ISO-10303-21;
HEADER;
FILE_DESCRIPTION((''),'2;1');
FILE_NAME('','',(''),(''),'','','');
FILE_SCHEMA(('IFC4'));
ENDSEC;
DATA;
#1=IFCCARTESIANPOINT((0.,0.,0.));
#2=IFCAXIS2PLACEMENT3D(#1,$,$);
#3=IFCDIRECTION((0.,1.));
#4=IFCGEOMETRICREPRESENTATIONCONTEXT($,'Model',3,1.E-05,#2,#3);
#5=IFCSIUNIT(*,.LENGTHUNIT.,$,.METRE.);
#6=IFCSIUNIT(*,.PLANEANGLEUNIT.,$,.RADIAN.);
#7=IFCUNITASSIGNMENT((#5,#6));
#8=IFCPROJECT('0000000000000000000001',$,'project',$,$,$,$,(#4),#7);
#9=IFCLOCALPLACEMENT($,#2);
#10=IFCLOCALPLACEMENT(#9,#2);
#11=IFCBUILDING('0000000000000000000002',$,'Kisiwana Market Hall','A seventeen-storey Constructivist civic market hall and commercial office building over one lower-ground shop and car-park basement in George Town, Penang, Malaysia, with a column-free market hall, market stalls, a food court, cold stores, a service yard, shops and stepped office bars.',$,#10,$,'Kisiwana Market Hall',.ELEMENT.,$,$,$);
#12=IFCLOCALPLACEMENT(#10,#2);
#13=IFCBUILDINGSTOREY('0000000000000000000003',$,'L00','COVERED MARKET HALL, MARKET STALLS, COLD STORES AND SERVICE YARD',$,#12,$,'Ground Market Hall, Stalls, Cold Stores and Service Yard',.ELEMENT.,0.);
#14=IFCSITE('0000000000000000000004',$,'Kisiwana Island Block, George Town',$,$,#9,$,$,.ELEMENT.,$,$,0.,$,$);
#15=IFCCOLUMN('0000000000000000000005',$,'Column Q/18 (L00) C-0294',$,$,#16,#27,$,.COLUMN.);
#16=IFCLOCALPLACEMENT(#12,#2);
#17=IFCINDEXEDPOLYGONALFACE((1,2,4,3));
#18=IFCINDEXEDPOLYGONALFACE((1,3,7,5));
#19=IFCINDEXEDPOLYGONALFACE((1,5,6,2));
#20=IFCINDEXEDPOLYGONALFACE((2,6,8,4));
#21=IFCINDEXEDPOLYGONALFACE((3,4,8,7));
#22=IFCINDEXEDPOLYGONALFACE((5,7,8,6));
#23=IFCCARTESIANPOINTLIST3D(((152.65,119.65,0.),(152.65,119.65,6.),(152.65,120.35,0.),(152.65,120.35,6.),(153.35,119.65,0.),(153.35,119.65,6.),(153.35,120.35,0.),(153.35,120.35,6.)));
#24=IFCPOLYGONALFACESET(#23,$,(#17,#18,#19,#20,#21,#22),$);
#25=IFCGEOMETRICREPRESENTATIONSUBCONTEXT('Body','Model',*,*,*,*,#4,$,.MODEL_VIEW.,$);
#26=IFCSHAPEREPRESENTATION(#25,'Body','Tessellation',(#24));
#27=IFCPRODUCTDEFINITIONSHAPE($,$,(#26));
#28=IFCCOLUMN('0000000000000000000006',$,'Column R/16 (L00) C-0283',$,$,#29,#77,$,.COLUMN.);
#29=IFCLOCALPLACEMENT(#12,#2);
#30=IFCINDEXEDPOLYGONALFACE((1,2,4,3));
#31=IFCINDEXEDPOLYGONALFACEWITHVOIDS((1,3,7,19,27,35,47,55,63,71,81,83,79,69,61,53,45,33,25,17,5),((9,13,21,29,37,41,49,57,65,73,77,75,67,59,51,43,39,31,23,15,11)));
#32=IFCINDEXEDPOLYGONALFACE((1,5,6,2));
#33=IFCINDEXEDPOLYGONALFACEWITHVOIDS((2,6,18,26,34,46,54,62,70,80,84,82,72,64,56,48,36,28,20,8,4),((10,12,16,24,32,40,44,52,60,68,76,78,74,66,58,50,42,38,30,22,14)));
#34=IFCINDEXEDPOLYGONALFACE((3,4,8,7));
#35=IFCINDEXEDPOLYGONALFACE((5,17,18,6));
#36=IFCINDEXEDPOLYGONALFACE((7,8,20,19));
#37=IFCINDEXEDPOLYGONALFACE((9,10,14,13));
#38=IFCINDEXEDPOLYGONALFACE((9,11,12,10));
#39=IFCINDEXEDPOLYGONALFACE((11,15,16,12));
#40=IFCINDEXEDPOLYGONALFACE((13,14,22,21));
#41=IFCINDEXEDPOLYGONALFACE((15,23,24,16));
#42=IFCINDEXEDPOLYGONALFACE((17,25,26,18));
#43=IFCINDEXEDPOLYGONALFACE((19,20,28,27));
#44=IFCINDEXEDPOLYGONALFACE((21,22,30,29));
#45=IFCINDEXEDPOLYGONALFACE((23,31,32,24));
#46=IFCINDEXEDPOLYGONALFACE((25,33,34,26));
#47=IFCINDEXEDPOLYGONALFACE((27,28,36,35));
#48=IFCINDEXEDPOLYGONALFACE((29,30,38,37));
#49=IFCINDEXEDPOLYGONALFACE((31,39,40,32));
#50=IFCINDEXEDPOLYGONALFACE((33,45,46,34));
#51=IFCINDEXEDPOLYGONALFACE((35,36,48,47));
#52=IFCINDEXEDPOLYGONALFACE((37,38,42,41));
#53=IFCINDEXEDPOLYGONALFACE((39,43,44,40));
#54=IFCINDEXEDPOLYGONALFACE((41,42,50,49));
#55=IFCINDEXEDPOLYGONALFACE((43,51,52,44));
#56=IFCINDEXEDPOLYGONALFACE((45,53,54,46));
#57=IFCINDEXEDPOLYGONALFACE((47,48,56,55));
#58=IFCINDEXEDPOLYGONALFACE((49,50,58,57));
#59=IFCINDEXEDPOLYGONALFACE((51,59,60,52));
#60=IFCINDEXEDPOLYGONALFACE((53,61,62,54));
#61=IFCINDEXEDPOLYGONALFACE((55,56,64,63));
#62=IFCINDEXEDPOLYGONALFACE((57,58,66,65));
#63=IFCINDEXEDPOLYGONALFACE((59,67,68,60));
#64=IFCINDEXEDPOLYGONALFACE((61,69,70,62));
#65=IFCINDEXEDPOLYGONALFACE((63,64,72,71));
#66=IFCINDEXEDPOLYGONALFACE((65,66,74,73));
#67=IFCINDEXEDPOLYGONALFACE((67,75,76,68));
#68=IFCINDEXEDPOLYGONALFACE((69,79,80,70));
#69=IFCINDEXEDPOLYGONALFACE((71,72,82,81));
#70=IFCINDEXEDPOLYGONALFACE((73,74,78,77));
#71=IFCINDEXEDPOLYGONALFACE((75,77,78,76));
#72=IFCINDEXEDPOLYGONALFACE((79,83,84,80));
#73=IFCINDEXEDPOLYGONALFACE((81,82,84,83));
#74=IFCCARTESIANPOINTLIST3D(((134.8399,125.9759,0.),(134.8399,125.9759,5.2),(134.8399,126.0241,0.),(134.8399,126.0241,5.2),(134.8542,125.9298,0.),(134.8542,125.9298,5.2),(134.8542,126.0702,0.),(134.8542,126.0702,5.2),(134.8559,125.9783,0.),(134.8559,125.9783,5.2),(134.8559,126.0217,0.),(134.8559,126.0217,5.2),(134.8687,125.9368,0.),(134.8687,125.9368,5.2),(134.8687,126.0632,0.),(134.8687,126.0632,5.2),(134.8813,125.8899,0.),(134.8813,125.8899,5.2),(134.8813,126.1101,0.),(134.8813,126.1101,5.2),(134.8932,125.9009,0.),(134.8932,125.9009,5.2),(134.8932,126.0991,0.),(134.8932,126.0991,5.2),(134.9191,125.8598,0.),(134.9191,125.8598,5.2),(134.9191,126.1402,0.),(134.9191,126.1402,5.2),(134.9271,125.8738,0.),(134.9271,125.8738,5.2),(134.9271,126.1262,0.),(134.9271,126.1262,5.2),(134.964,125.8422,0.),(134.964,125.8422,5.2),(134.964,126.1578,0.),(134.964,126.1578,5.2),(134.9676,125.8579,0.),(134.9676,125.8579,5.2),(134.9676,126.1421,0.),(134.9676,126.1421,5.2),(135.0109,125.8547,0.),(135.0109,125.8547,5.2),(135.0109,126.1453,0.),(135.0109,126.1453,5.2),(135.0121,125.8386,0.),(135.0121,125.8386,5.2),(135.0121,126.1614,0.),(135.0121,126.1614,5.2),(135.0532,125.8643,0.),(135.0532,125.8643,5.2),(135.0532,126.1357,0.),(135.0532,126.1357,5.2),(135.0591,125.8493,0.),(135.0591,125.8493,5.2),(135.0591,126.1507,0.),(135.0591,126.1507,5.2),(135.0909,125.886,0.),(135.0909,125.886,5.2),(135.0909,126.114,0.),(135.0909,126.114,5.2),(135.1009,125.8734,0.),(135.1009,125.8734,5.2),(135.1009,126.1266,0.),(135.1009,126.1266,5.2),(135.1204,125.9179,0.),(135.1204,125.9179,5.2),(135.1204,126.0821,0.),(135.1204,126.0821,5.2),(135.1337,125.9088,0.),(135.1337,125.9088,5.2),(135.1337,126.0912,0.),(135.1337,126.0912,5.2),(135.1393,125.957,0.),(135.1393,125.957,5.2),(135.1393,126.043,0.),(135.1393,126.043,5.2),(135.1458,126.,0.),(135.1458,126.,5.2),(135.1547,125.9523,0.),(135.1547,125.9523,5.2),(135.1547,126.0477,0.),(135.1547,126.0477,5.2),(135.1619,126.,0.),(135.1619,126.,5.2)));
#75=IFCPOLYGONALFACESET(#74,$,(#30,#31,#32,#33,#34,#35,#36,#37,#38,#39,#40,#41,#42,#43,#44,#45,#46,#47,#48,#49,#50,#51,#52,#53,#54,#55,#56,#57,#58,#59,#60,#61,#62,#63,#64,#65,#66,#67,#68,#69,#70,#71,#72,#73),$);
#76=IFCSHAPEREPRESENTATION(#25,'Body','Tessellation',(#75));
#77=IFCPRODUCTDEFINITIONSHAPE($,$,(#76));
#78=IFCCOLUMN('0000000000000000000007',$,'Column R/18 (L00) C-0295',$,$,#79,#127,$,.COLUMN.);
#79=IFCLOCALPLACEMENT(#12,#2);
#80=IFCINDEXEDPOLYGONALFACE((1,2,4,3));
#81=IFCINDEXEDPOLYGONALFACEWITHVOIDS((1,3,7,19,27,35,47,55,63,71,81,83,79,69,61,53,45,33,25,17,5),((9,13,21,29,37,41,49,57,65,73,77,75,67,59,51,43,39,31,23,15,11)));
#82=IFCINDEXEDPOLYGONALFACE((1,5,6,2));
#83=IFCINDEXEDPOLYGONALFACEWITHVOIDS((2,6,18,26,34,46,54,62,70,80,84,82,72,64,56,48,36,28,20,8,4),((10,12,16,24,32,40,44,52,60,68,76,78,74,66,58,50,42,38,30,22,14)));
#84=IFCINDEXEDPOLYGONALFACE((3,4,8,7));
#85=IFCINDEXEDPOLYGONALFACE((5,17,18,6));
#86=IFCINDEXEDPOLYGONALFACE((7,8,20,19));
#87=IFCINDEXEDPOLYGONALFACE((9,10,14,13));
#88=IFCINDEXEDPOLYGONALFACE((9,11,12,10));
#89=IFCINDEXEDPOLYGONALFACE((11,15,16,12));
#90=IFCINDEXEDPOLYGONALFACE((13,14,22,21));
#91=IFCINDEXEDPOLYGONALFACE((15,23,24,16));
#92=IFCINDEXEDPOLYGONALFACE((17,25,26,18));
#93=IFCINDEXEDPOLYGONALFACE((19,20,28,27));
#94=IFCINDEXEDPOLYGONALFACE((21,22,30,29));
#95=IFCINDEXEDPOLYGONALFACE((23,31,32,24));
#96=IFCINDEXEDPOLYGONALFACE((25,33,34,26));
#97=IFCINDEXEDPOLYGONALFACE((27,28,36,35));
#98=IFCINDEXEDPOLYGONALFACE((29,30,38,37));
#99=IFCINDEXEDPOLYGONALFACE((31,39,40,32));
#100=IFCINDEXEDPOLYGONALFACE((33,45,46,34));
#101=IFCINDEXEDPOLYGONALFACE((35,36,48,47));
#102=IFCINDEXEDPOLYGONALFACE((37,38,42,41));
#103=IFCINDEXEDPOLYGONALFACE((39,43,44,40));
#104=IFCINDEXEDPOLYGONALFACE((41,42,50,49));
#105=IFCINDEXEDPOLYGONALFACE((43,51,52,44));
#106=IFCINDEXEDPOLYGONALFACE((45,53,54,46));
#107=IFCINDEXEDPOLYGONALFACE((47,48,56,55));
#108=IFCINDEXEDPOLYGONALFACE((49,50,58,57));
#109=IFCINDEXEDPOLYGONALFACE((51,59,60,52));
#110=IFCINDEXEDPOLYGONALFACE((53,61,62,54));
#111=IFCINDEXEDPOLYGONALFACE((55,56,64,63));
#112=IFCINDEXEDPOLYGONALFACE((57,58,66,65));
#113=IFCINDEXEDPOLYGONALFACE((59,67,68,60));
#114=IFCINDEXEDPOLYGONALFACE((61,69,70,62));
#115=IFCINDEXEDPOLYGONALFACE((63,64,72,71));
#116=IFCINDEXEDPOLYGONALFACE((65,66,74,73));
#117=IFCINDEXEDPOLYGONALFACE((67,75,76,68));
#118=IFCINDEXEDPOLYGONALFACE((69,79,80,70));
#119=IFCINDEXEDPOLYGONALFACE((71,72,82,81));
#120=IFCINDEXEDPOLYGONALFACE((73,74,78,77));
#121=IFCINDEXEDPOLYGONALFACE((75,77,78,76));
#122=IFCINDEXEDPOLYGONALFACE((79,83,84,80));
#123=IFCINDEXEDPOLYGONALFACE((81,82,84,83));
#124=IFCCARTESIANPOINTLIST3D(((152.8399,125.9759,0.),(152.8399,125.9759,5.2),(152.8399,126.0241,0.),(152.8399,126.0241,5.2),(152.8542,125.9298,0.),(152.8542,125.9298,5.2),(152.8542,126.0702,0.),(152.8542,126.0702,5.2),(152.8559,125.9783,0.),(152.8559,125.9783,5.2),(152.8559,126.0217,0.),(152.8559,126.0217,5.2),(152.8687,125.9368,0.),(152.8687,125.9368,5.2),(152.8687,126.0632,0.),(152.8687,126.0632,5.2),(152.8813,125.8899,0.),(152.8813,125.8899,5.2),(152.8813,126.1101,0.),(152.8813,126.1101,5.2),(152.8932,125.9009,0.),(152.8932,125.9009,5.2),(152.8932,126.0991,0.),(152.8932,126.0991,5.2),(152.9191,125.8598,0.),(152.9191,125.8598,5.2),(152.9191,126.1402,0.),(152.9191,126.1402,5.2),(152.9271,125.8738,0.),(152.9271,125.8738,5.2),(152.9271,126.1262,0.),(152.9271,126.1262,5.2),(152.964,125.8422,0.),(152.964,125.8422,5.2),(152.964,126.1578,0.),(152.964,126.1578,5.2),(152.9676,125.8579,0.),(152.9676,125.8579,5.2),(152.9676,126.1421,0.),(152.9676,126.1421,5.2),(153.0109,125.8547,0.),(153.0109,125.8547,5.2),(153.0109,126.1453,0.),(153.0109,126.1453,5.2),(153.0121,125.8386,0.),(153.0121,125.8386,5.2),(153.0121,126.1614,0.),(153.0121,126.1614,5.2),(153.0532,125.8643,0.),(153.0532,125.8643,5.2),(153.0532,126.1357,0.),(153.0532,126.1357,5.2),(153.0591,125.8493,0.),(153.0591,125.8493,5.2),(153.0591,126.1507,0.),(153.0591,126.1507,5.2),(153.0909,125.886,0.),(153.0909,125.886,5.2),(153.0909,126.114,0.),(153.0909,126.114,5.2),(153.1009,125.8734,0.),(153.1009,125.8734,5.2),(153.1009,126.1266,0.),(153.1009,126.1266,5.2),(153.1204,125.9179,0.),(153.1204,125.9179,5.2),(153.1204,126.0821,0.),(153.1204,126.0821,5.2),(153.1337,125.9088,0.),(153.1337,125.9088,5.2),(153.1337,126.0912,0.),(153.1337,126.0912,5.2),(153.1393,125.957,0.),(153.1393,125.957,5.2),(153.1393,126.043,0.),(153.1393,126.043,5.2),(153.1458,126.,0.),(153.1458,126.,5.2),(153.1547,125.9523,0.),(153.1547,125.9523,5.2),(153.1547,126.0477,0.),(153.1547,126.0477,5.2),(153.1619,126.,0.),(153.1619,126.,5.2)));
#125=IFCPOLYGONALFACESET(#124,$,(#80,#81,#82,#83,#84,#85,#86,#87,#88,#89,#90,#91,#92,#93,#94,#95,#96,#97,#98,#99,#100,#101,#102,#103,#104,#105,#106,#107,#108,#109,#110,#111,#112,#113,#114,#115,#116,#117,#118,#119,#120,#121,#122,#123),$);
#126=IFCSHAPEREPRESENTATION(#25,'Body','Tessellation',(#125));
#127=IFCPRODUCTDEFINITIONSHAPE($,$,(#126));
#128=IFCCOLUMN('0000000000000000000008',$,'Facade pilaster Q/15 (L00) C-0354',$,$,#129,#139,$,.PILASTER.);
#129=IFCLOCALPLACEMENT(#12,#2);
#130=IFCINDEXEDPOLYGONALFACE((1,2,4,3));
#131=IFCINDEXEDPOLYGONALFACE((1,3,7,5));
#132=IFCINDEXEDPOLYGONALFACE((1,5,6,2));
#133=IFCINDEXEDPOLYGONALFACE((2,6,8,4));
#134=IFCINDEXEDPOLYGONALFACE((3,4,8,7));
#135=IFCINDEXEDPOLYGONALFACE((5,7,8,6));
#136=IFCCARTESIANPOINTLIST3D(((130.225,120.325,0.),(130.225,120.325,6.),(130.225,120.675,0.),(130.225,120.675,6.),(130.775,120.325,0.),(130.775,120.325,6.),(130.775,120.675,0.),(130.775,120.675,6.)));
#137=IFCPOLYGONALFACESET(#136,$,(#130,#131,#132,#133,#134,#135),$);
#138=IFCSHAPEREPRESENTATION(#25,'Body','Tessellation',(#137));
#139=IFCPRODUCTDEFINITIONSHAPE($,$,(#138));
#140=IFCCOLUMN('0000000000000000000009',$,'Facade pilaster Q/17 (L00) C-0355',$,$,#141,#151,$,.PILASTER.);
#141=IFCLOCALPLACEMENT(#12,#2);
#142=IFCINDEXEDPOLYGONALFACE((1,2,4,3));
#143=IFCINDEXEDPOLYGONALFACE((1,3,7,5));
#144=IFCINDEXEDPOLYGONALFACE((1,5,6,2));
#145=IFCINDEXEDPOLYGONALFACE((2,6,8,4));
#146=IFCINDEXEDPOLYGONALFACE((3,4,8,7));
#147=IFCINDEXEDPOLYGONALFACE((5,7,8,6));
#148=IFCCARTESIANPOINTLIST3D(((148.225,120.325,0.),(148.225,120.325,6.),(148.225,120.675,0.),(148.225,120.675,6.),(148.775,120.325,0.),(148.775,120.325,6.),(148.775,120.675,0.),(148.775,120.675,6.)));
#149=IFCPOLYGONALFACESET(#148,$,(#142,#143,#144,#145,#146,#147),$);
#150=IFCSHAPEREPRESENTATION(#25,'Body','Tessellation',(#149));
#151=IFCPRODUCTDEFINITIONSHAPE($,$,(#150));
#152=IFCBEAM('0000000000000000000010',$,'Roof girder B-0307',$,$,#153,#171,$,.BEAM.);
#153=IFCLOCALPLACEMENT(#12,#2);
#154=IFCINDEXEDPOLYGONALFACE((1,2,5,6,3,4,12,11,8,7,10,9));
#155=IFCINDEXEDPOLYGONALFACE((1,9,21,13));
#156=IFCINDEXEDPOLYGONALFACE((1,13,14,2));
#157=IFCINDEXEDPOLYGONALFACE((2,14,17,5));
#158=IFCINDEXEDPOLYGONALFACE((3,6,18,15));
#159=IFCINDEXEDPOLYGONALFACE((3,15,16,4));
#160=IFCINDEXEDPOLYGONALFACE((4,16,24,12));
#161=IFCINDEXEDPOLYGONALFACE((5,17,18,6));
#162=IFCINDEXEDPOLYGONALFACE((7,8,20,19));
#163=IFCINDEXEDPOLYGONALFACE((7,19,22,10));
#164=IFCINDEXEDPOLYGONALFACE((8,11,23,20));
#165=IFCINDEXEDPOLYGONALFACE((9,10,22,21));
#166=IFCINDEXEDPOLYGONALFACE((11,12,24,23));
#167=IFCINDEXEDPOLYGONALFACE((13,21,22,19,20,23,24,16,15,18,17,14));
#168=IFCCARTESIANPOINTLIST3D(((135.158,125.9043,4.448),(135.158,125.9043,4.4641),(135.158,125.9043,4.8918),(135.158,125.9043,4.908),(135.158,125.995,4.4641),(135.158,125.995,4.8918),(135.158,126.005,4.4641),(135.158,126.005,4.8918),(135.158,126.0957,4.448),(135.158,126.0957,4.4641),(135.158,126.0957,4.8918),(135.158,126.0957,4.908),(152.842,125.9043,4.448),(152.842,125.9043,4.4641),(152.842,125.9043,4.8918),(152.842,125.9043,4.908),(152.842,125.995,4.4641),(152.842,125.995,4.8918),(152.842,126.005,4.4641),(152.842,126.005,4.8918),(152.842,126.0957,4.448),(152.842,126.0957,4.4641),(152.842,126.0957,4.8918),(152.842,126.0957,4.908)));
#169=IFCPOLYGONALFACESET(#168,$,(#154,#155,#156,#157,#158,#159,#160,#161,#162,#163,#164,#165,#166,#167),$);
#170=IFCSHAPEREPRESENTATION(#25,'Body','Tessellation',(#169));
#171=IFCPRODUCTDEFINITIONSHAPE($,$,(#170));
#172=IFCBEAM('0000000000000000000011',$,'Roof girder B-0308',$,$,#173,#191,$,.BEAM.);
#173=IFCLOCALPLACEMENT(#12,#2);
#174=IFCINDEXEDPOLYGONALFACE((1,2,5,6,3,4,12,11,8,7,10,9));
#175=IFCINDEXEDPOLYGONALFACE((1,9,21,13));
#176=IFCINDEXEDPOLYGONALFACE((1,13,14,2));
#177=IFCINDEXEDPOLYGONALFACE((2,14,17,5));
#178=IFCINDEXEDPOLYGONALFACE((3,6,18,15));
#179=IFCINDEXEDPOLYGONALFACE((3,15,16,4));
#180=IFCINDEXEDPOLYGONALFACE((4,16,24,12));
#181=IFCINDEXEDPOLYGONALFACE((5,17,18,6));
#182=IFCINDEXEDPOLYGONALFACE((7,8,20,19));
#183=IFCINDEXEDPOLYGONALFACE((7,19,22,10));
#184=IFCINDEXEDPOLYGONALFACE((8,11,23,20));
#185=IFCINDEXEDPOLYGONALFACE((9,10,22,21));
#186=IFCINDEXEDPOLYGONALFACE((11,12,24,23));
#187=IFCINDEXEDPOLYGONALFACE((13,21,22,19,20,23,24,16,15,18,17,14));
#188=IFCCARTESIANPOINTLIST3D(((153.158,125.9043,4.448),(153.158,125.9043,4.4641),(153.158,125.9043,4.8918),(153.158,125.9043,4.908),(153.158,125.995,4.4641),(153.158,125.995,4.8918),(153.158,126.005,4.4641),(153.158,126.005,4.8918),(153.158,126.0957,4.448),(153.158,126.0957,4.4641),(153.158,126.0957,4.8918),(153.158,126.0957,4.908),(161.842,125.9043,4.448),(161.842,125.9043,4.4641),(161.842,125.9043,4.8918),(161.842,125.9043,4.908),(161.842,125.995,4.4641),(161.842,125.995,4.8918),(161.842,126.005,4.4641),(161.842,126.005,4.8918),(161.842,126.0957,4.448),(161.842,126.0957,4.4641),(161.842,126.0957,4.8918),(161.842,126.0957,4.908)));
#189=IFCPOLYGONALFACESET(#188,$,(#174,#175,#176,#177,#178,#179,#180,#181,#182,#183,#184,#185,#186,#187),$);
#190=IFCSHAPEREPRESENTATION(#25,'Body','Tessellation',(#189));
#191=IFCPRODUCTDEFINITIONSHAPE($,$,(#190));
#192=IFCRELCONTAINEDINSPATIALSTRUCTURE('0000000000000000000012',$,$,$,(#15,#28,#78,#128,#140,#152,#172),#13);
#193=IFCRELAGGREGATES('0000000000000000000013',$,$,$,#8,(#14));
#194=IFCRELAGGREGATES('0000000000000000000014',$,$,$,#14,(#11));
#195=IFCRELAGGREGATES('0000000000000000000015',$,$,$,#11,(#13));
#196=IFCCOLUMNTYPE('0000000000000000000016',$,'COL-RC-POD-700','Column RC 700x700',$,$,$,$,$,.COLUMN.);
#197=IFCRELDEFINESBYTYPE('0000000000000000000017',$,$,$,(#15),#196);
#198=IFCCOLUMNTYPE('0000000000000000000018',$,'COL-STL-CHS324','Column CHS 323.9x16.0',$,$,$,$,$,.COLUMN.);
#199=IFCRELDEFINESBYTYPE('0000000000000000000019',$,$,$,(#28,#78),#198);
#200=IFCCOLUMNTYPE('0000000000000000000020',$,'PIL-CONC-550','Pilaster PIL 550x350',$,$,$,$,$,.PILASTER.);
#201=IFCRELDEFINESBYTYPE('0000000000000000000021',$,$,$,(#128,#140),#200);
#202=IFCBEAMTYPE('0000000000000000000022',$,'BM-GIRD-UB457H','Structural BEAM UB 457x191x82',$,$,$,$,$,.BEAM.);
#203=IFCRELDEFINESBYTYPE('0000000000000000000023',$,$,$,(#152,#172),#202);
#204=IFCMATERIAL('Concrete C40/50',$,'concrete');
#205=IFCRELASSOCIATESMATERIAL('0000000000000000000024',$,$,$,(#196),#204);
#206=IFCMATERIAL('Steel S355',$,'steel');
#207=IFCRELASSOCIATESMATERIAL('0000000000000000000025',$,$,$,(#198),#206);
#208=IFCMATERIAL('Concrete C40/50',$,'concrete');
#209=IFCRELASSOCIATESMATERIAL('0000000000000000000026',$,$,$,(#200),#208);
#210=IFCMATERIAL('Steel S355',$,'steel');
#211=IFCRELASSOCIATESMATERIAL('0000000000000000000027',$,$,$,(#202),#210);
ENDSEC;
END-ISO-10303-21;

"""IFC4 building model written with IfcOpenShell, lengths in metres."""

from ifc_helpers import new_model, si_unit, direction, frame, origin, origin_2d, place, context, subcontext, project, spatial, rectangle, hollow_circle, i_section, extrude, material, material_profile, profile_set, type_object, element, save


model = new_model("IFC4")

# Units and contexts
model_context = context("Model", 3, precision=1e-05, world=origin(), true_north=direction((0.0, 1.0)))
body_context = subcontext(model_context, "Body", "Model", "MODEL_VIEW")
ifc_project = project(units=[si_unit("LENGTHUNIT", "METRE"), si_unit("PLANEANGLEUNIT", "RADIAN")], contexts=[model_context])

# Site, building, storey
site_placement = place(None, origin())
site = spatial("IfcSite", under=ifc_project, at=site_placement, Name="Kisiwana Island Block, George Town", CompositionType="ELEMENT", RefElevation=0.0)
building_placement = place(site_placement, origin())
building = spatial("IfcBuilding", under=site, at=building_placement, Name="Kisiwana Market Hall", Description="A seventeen-storey Constructivist civic market hall and commercial office building over one lower-ground shop and car-park basement in George Town, Penang, Malaysia, with a column-free market hall, market stalls, a food court, cold stores, a service yard, shops and stepped office bars.", LongName="Kisiwana Market Hall", CompositionType="ELEMENT")
storey_placement = place(building_placement, origin())
storey = spatial("IfcBuildingStorey", under=building, at=storey_placement, Name="L00", Description="COVERED MARKET HALL, MARKET STALLS, COLD STORES AND SERVICE YARD", LongName="Ground Market Hall, Stalls, Cold Stores and Service Yard", CompositionType="ELEMENT", Elevation=0.0)

# Columns
ifc_material_1 = material(Name="Concrete C40/50", Category="concrete")
ifc_material_profile_1 = material_profile(ifc_material_1, rectangle(XDim=0.7, YDim=0.7, at=origin_2d()), Name="RC 700x700")
ifc_profile_set_1 = profile_set([ifc_material_profile_1], Name="Concrete C40/50")
column_type_1 = type_object("IfcColumnType", Name="COL-RC-POD-700", Description="Column RC 700x700", PredefinedType="COLUMN", material=ifc_profile_set_1)
column_placement = place(storey_placement, frame((153.0, 120.0, 0.0), z_axis=(0.0, 0.0, 1.0), x_axis=(1.0, 0.0, 0.0)))
element("IfcColumn", 1, at=column_placement, inside=storey, type_object=column_type_1, Name="Column Q/18 (L00) C-0294", PredefinedType="COLUMN", context=body_context, shape_type="SweptSolid", body=[
    extrude(rectangle(XDim=0.7, YDim=0.7, at=origin_2d()), origin(), (0.0, 0.0, 1.0), 6.0),
])
ifc_material_2 = material(Name="Steel S355", Category="steel")
ifc_material_profile_2 = material_profile(ifc_material_2, hollow_circle(Radius=0.1619, WallThickness=0.0161, at=origin_2d()), Name="CHS 323.9x16.0")
ifc_profile_set_2 = profile_set([ifc_material_profile_2], Name="Steel S355")
column_type_2 = type_object("IfcColumnType", Name="COL-STL-CHS324", Description="Column CHS 323.9x16.0", PredefinedType="COLUMN", material=ifc_profile_set_2)
for number, where, z_axis, x_axis, name in (
    (2, (135.0, 126.0, 0.0), (0.0, 0.0, 1.0), (1.0, 0.0, 0.0), "Column R/16 (L00) C-0283"),
    (3, (153.0, 126.0, 0.0), (0.0, 0.0, 1.0), (1.0, 0.0, 0.0), "Column R/18 (L00) C-0295"),
):
    element("IfcColumn", number, at=place(storey_placement, frame(where, z_axis=z_axis, x_axis=x_axis)), inside=storey, type_object=column_type_2, Name=name, PredefinedType="COLUMN", context=body_context, shape_type="SweptSolid", body=[
        extrude(hollow_circle(Radius=0.1619, WallThickness=0.0161, at=origin_2d()), origin(), (0.0, 0.0, 1.0), 5.2),
    ])
ifc_material_3 = material(Name="Concrete C40/50", Category="concrete")
ifc_material_profile_3 = material_profile(ifc_material_3, rectangle(XDim=0.55, YDim=0.3501, at=origin_2d()), Name="PIL 550x350")
ifc_profile_set_3 = profile_set([ifc_material_profile_3], Name="Concrete C40/50")
column_type_3 = type_object("IfcColumnType", Name="PIL-CONC-550", Description="Pilaster PIL 550x350", PredefinedType="PILASTER", material=ifc_profile_set_3)
for number, where, z_axis, x_axis, name in (
    (4, (130.5, 120.5, 0.0), (0.0, 0.0, 1.0), (1.0, 0.0, 0.0), "Facade pilaster Q/15 (L00) C-0354"),
    (5, (148.5, 120.5, 0.0), (0.0, 0.0, 1.0), (1.0, 0.0, 0.0), "Facade pilaster Q/17 (L00) C-0355"),
):
    element("IfcColumn", number, at=place(storey_placement, frame(where, z_axis=z_axis, x_axis=x_axis)), inside=storey, type_object=column_type_3, Name=name, PredefinedType="PILASTER", context=body_context, shape_type="SweptSolid", body=[
        extrude(rectangle(XDim=0.55, YDim=0.3501, at=origin_2d()), origin(), (0.0, 0.0, 1.0), 6.0),
    ])

# Beams
ifc_material_4 = material(Name="Steel S355", Category="steel")
ifc_material_profile_4 = material_profile(ifc_material_4, i_section(OverallWidth=0.1914, OverallDepth=0.46, WebThickness=0.01, FlangeThickness=0.0161, at=origin_2d()), Name="UB 457x191x82")
ifc_profile_set_4 = profile_set([ifc_material_profile_4], Name="Steel S355")
beam_type_1 = type_object("IfcBeamType", Name="BM-GIRD-UB457H", Description="Structural BEAM UB 457x191x82", PredefinedType="BEAM", material=ifc_profile_set_4)
beam_1_placement = place(storey_placement, frame((135.158, 126.0, 4.678), z_axis=(1.0, 0.0, 0.0), x_axis=(0.0, 1.0, 0.0)))
element("IfcBeam", 6, at=beam_1_placement, inside=storey, type_object=beam_type_1, Name="Roof girder B-0307", PredefinedType="BEAM", context=body_context, shape_type="SweptSolid", body=[
    extrude(i_section(OverallWidth=0.1914, OverallDepth=0.46, WebThickness=0.01, FlangeThickness=0.0161, at=origin_2d()), origin(), (0.0, 0.0, 1.0), 17.6841),
])
beam_2_placement = place(storey_placement, frame((153.158, 126.0, 4.678), z_axis=(1.0, 0.0, 0.0), x_axis=(0.0, 1.0, 0.0)))
element("IfcBeam", 7, at=beam_2_placement, inside=storey, type_object=beam_type_1, Name="Roof girder B-0308", PredefinedType="BEAM", context=body_context, shape_type="SweptSolid", body=[
    extrude(i_section(OverallWidth=0.1914, OverallDepth=0.46, WebThickness=0.01, FlangeThickness=0.0161, at=origin_2d()), origin(), (0.0, 0.0, 1.0), 8.6841),
])

save(model, "model.ifc")
